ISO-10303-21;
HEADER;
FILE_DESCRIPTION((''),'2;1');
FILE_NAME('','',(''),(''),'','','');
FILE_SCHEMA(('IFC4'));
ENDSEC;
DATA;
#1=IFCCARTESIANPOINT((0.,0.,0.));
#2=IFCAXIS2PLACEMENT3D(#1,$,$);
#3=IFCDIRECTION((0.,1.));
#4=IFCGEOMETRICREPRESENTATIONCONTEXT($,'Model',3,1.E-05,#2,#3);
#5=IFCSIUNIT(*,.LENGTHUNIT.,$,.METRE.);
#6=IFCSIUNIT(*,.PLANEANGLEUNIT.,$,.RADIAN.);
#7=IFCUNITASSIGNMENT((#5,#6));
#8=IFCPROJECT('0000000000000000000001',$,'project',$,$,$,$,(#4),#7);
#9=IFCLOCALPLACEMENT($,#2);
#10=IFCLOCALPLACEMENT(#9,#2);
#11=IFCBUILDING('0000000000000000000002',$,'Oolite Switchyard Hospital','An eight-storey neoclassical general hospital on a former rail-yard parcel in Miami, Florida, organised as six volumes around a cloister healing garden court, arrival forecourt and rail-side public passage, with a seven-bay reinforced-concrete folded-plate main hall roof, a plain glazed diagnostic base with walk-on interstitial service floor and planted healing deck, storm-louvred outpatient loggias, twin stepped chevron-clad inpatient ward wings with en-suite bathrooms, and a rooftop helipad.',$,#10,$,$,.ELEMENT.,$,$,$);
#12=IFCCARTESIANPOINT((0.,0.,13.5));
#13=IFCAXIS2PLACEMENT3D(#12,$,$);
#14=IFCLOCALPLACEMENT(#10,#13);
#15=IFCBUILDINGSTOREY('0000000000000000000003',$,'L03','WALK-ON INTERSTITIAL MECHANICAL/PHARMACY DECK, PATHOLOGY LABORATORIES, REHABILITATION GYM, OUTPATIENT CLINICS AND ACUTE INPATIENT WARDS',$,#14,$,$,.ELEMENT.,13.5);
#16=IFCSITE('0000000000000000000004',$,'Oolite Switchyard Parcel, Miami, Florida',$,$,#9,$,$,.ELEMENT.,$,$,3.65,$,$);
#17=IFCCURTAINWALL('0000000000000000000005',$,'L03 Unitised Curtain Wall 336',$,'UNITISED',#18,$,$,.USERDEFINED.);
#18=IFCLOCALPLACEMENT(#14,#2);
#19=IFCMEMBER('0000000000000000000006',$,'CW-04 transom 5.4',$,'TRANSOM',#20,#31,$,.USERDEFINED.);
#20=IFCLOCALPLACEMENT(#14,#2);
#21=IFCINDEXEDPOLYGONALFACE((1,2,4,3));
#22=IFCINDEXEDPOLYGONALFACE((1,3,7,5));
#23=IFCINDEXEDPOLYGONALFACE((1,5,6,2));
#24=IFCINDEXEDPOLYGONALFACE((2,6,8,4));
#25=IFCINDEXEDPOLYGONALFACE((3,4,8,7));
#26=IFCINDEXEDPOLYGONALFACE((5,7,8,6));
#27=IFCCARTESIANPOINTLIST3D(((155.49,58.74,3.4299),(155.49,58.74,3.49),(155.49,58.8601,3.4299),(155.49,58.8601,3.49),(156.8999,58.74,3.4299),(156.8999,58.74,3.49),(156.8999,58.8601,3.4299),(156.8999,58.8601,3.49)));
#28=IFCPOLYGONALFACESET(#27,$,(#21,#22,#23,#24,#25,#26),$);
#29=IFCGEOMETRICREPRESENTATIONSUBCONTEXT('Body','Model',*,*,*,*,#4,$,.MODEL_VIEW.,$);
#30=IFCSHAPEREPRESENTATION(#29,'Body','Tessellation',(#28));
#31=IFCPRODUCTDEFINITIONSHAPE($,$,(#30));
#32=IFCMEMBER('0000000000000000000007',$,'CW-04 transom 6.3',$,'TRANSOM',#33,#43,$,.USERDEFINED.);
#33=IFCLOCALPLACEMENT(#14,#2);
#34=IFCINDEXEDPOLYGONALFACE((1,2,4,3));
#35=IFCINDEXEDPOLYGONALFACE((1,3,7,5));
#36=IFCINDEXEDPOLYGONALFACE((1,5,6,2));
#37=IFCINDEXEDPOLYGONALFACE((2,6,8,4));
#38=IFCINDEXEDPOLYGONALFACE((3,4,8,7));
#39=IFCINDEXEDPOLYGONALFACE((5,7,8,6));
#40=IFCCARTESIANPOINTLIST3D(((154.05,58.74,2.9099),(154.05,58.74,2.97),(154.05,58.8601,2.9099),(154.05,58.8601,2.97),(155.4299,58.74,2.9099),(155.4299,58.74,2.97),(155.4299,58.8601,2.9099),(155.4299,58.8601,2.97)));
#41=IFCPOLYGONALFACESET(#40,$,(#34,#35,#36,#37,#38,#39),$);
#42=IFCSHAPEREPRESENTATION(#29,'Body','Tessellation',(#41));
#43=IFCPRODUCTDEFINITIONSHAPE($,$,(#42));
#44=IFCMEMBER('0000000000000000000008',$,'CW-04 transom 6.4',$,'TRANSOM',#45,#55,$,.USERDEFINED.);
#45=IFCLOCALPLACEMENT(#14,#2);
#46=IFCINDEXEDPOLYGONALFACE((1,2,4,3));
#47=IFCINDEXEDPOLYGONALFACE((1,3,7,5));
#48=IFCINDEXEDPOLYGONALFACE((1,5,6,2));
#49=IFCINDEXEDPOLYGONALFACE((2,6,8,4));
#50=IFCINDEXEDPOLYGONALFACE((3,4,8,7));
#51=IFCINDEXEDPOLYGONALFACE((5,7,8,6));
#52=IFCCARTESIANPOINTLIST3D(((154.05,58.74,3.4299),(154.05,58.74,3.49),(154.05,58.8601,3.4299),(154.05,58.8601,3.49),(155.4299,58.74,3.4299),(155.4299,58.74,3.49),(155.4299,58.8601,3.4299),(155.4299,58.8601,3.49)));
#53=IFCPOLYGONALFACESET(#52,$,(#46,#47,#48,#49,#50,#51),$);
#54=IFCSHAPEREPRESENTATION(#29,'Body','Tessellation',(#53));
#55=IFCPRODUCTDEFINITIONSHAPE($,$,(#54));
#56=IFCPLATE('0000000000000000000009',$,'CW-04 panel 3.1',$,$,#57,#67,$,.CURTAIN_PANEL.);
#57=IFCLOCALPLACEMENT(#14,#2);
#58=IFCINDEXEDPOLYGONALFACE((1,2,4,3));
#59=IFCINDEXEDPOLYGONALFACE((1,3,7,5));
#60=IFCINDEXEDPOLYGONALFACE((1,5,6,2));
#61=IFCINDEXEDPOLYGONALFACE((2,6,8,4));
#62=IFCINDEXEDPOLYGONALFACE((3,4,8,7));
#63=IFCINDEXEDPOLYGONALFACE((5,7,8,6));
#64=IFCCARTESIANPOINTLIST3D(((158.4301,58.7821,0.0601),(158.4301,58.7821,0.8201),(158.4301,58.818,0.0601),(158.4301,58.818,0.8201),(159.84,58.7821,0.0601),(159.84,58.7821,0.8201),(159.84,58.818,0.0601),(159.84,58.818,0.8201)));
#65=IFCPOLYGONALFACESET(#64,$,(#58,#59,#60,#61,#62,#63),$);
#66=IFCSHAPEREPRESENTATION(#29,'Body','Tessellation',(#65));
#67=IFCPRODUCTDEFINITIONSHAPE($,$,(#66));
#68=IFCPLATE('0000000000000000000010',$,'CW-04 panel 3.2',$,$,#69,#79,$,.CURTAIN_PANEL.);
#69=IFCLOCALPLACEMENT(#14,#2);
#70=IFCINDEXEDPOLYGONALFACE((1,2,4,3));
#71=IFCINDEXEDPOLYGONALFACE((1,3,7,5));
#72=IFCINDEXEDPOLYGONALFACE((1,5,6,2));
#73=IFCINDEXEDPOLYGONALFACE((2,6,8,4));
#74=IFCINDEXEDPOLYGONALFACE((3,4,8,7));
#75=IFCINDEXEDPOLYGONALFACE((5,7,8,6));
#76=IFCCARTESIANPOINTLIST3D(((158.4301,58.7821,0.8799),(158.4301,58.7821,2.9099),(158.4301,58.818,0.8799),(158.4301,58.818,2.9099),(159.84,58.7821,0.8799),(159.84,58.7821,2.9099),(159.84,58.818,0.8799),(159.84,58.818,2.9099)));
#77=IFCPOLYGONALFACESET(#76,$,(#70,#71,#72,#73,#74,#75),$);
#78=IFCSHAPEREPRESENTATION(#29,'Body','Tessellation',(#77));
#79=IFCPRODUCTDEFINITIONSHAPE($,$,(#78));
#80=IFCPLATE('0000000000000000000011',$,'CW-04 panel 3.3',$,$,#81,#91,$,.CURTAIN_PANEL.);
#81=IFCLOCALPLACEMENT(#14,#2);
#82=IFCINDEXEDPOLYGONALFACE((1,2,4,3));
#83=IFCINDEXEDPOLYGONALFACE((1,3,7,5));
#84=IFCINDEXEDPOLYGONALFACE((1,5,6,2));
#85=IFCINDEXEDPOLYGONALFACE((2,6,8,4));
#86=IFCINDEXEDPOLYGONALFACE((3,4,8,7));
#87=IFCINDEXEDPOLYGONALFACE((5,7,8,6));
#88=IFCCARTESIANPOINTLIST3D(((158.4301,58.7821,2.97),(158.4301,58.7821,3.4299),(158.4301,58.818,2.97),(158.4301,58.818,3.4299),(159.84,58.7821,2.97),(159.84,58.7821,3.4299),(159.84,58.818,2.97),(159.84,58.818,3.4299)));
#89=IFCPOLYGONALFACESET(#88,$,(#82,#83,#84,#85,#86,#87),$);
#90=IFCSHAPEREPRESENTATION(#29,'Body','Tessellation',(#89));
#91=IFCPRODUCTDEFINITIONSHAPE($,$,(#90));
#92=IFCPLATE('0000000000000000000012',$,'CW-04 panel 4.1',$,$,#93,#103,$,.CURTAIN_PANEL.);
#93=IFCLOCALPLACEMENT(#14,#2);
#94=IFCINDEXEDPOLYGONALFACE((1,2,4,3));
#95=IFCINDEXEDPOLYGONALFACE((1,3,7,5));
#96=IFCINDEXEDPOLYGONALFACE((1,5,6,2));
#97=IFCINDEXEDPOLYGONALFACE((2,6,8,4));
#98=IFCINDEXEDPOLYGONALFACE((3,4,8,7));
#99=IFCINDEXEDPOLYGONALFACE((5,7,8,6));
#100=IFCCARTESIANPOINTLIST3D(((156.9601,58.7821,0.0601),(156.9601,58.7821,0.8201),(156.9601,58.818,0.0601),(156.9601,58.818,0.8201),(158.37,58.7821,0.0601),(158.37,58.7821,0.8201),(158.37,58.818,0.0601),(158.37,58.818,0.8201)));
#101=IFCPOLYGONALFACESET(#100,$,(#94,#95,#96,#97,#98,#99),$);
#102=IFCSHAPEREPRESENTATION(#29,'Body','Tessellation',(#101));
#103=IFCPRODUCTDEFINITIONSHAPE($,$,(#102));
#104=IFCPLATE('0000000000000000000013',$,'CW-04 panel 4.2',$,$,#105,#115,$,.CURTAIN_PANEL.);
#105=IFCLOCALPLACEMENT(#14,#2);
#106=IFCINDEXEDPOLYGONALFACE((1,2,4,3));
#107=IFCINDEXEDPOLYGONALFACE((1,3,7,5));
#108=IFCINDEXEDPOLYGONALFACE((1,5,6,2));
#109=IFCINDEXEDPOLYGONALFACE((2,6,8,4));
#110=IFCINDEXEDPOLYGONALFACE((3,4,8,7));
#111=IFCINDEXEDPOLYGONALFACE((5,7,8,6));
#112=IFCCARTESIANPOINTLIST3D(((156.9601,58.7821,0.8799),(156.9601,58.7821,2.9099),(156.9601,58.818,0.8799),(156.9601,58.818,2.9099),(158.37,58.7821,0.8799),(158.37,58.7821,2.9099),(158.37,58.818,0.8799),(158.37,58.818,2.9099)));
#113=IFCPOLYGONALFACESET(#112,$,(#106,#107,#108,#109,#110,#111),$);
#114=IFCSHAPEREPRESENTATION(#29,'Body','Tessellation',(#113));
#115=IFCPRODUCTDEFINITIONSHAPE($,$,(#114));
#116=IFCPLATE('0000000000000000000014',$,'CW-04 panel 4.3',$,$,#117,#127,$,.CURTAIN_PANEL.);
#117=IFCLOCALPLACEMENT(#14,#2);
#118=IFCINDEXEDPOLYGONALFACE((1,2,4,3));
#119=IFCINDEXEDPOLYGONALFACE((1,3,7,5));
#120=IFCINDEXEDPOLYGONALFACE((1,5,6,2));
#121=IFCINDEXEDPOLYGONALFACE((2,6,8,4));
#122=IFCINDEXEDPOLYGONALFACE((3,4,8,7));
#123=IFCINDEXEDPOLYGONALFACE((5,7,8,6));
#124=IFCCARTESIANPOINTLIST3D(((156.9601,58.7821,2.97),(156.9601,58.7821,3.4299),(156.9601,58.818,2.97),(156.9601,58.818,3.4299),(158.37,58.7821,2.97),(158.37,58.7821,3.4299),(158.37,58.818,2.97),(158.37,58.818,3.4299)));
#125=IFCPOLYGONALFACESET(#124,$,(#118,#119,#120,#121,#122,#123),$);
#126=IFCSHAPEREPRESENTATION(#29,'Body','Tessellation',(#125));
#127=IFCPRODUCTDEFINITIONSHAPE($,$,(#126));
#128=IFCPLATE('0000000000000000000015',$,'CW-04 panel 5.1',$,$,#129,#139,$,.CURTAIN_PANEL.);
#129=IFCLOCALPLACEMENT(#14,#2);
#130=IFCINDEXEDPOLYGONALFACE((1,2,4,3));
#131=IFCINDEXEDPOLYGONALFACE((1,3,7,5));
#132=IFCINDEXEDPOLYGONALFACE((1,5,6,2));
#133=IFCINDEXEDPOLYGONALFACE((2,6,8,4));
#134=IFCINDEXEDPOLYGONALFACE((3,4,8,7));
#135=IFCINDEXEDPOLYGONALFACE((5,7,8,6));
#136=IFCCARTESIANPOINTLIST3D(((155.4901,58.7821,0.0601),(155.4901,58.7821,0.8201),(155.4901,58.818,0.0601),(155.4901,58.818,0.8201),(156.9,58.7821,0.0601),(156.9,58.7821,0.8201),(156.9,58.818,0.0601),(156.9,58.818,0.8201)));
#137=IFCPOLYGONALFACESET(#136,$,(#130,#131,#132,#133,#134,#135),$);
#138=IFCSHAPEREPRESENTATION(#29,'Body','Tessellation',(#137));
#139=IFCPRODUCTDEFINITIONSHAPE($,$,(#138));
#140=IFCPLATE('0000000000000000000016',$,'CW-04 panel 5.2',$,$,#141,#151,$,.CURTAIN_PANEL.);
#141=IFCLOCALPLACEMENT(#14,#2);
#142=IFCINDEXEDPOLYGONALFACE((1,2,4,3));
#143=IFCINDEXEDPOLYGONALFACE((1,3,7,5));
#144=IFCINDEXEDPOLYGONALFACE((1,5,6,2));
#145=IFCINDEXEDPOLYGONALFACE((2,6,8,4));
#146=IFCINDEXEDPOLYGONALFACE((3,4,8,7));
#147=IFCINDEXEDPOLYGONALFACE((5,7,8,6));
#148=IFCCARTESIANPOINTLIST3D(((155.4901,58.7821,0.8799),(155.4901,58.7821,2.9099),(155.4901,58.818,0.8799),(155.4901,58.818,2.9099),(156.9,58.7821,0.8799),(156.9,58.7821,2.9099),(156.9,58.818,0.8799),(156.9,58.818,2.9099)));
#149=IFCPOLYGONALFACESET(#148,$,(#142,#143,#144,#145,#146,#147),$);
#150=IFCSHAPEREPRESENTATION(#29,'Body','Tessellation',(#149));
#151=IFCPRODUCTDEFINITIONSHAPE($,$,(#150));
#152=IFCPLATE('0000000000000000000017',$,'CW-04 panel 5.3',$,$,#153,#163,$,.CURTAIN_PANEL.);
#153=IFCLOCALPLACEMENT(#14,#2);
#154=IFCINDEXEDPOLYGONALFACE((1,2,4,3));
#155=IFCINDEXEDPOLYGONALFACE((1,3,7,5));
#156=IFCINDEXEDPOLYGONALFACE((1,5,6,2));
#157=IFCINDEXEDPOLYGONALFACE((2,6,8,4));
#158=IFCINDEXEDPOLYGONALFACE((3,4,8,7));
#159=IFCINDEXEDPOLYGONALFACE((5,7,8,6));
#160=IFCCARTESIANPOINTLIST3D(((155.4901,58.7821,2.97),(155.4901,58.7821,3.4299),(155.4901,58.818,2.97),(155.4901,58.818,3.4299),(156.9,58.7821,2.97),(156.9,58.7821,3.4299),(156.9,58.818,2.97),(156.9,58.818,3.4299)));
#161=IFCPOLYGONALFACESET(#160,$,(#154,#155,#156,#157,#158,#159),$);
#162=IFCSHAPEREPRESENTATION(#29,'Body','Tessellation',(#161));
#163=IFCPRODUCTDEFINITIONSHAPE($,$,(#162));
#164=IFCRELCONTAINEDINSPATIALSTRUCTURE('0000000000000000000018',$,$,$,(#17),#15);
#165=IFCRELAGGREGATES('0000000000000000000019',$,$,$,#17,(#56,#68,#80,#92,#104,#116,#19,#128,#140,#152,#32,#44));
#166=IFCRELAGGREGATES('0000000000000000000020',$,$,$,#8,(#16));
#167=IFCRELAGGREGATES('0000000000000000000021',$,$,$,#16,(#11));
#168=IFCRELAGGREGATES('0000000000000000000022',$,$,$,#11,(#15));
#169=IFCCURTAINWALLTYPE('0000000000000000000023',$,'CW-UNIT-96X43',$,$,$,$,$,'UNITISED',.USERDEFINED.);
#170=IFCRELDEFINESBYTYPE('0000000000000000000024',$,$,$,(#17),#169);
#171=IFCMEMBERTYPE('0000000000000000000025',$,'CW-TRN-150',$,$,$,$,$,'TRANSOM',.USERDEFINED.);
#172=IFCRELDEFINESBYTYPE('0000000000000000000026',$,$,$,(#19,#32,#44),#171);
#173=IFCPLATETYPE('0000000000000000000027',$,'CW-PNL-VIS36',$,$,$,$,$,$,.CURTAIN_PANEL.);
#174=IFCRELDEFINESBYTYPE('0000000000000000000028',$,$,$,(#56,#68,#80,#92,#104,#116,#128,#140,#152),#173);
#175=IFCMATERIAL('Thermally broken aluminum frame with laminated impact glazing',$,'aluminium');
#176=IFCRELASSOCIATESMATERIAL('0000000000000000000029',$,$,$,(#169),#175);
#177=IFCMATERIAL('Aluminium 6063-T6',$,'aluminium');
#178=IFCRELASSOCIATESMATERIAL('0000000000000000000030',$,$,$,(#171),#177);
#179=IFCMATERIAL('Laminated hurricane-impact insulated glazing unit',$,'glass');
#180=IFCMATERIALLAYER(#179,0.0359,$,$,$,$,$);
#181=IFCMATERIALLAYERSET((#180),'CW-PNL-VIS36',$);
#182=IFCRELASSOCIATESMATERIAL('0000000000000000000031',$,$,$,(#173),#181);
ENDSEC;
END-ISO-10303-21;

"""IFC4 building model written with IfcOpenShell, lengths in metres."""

from ifc_helpers import new_model, si_unit, direction, frame, origin, origin_2d, place, context, subcontext, project, spatial, rectangle, extrude, material, layer, layer_set, material_profile, profile_set, type_object, element, aggregate, save


model = new_model("IFC4")

# Units and contexts
model_context = context("Model", 3, precision=1e-05, world=origin(), true_north=direction((0.0, 1.0)))
body_context = subcontext(model_context, "Body", "Model", "MODEL_VIEW")
ifc_project = project(units=[si_unit("LENGTHUNIT", "METRE"), si_unit("PLANEANGLEUNIT", "RADIAN")], contexts=[model_context])

# Site, building, storey
site_placement = place(None, origin())
site = spatial("IfcSite", under=ifc_project, at=site_placement, Name="Oolite Switchyard Parcel, Miami, Florida", CompositionType="ELEMENT", RefElevation=3.65)
building_placement = place(site_placement, origin())
building = spatial("IfcBuilding", under=site, at=building_placement, Name="Oolite Switchyard Hospital", Description="An eight-storey neoclassical general hospital on a former rail-yard parcel in Miami, Florida, organised as six volumes around a cloister healing garden court, arrival forecourt and rail-side public passage, with a seven-bay reinforced-concrete folded-plate main hall roof, a plain glazed diagnostic base with walk-on interstitial service floor and planted healing deck, storm-louvred outpatient loggias, twin stepped chevron-clad inpatient ward wings with en-suite bathrooms, and a rooftop helipad.", CompositionType="ELEMENT")
storey_placement = place(building_placement, frame((0.0, 0.0, 13.5)))
storey = spatial("IfcBuildingStorey", under=building, at=storey_placement, Name="L03", Description="WALK-ON INTERSTITIAL MECHANICAL/PHARMACY DECK, PATHOLOGY LABORATORIES, REHABILITATION GYM, OUTPATIENT CLINICS AND ACUTE INPATIENT WARDS", CompositionType="ELEMENT", Elevation=13.5)

# Curtain wall, members, plates
ifc_material_1 = material(Name="Thermally broken aluminum frame with laminated impact glazing", Category="aluminium")
curtain_wall_type = type_object("IfcCurtainWallType", Name="CW-UNIT-96X43", ElementType="UNITISED", PredefinedType="USERDEFINED", material=ifc_material_1)
curtain_wall_placement = place(storey_placement, origin())
curtain_wall = element("IfcCurtainWall", 1, at=curtain_wall_placement, inside=storey, type_object=curtain_wall_type, Name="L03 Unitised Curtain Wall 336", ObjectType="UNITISED", PredefinedType="USERDEFINED")
ifc_material_2 = material(Name="Aluminium 6063-T6", Category="aluminium")
ifc_material_profile_1 = material_profile(ifc_material_2, rectangle(XDim=0.1201, YDim=0.0601, at=origin_2d()), Name="CWT60X120")
ifc_profile_set_1 = profile_set([ifc_material_profile_1], Name="Aluminium 6063-T6")
member_type_1 = type_object("IfcMemberType", Name="CW-TRN-150", ElementType="TRANSOM", PredefinedType="USERDEFINED", material=ifc_profile_set_1)
member_1_placement = place(storey_placement, frame((156.8999, 58.8, 3.46), z_axis=(-1.0, 0.0, 0.0), x_axis=(0.0, -1.0, 0.0)))
member_1 = element("IfcMember", 2, at=member_1_placement, type_object=member_type_1, Name="CW-04 transom 5.4", ObjectType="TRANSOM", PredefinedType="USERDEFINED", context=body_context, shape_type="SweptSolid", body=[
    extrude(rectangle(XDim=0.1201, YDim=0.0601, at=origin_2d()), origin(), (0.0, 0.0, 1.0), 1.4099),
])
member_2_placement = place(storey_placement, frame((155.4299, 58.8, 2.9399), z_axis=(-1.0, 0.0, 0.0), x_axis=(0.0, -1.0, 0.0)))
member_2 = element("IfcMember", 3, at=member_2_placement, type_object=member_type_1, Name="CW-04 transom 6.3", ObjectType="TRANSOM", PredefinedType="USERDEFINED", context=body_context, shape_type="SweptSolid", body=[
    extrude(rectangle(XDim=0.1201, YDim=0.0601, at=origin_2d()), origin(), (0.0, 0.0, 1.0), 1.3799),
])
member_3_placement = place(storey_placement, frame((155.4299, 58.8, 3.46), z_axis=(-1.0, 0.0, 0.0), x_axis=(0.0, -1.0, 0.0)))
member_3 = element("IfcMember", 4, at=member_3_placement, type_object=member_type_1, Name="CW-04 transom 6.4", ObjectType="TRANSOM", PredefinedType="USERDEFINED", context=body_context, shape_type="SweptSolid", body=[
    extrude(rectangle(XDim=0.1201, YDim=0.0601, at=origin_2d()), origin(), (0.0, 0.0, 1.0), 1.3799),
])
ifc_material_3 = material(Name="Laminated hurricane-impact insulated glazing unit", Category="glass")
ifc_layer = layer(ifc_material_3, 0.0359)
ifc_layer_set = layer_set([ifc_layer], Name="CW-PNL-VIS36")
plate_type = type_object("IfcPlateType", Name="CW-PNL-VIS36", PredefinedType="CURTAIN_PANEL", material=ifc_layer_set)
plate_1_placement = place(storey_placement, frame((159.135, 58.8, 0.0601), z_axis=(0.0, 0.0, 1.0), x_axis=(-1.0, 0.0, 0.0)))
plate_1 = element("IfcPlate", 5, at=plate_1_placement, type_object=plate_type, Name="CW-04 panel 3.1", PredefinedType="CURTAIN_PANEL", context=body_context, shape_type="SweptSolid", body=[
    extrude(rectangle(XDim=1.4099, YDim=0.0359, at=origin_2d()), origin(), (0.0, 0.0, 1.0), 0.76),
])
plate_2_placement = place(storey_placement, frame((159.135, 58.8, 0.8799), z_axis=(0.0, 0.0, 1.0), x_axis=(-1.0, 0.0, 0.0)))
plate_2 = element("IfcPlate", 6, at=plate_2_placement, type_object=plate_type, Name="CW-04 panel 3.2", PredefinedType="CURTAIN_PANEL", context=body_context, shape_type="SweptSolid", body=[
    extrude(rectangle(XDim=1.4099, YDim=0.0359, at=origin_2d()), origin(), (0.0, 0.0, 1.0), 2.03),
])
plate_3_placement = place(storey_placement, frame((159.135, 58.8, 2.97), z_axis=(0.0, 0.0, 1.0), x_axis=(-1.0, 0.0, 0.0)))
plate_3 = element("IfcPlate", 7, at=plate_3_placement, type_object=plate_type, Name="CW-04 panel 3.3", PredefinedType="CURTAIN_PANEL", context=body_context, shape_type="SweptSolid", body=[
    extrude(rectangle(XDim=1.4099, YDim=0.0359, at=origin_2d()), origin(), (0.0, 0.0, 1.0), 0.46),
])
plate_4_placement = place(storey_placement, frame((157.665, 58.8, 0.0601), z_axis=(0.0, 0.0, 1.0), x_axis=(-1.0, 0.0, 0.0)))
plate_4 = element("IfcPlate", 8, at=plate_4_placement, type_object=plate_type, Name="CW-04 panel 4.1", PredefinedType="CURTAIN_PANEL", context=body_context, shape_type="SweptSolid", body=[
    extrude(rectangle(XDim=1.4099, YDim=0.0359, at=origin_2d()), origin(), (0.0, 0.0, 1.0), 0.76),
])
plate_5_placement = place(storey_placement, frame((157.665, 58.8, 0.8799), z_axis=(0.0, 0.0, 1.0), x_axis=(-1.0, 0.0, 0.0)))
plate_5 = element("IfcPlate", 9, at=plate_5_placement, type_object=plate_type, Name="CW-04 panel 4.2", PredefinedType="CURTAIN_PANEL", context=body_context, shape_type="SweptSolid", body=[
    extrude(rectangle(XDim=1.4099, YDim=0.0359, at=origin_2d()), origin(), (0.0, 0.0, 1.0), 2.03),
])
plate_6_placement = place(storey_placement, frame((157.665, 58.8, 2.97), z_axis=(0.0, 0.0, 1.0), x_axis=(-1.0, 0.0, 0.0)))
plate_6 = element("IfcPlate", 10, at=plate_6_placement, type_object=plate_type, Name="CW-04 panel 4.3", PredefinedType="CURTAIN_PANEL", context=body_context, shape_type="SweptSolid", body=[
    extrude(rectangle(XDim=1.4099, YDim=0.0359, at=origin_2d()), origin(), (0.0, 0.0, 1.0), 0.46),
])
plate_7_placement = place(storey_placement, frame((156.1951, 58.8, 0.0601), z_axis=(0.0, 0.0, 1.0), x_axis=(-1.0, 0.0, 0.0)))
plate_7 = element("IfcPlate", 11, at=plate_7_placement, type_object=plate_type, Name="CW-04 panel 5.1", PredefinedType="CURTAIN_PANEL", context=body_context, shape_type="SweptSolid", body=[
    extrude(rectangle(XDim=1.4099, YDim=0.0359, at=origin_2d()), origin(), (0.0, 0.0, 1.0), 0.76),
])
plate_8_placement = place(storey_placement, frame((156.1951, 58.8, 0.8799), z_axis=(0.0, 0.0, 1.0), x_axis=(-1.0, 0.0, 0.0)))
plate_8 = element("IfcPlate", 12, at=plate_8_placement, type_object=plate_type, Name="CW-04 panel 5.2", PredefinedType="CURTAIN_PANEL", context=body_context, shape_type="SweptSolid", body=[
    extrude(rectangle(XDim=1.4099, YDim=0.0359, at=origin_2d()), origin(), (0.0, 0.0, 1.0), 2.03),
])
plate_9_placement = place(storey_placement, frame((156.1951, 58.8, 2.97), z_axis=(0.0, 0.0, 1.0), x_axis=(-1.0, 0.0, 0.0)))
plate_9 = element("IfcPlate", 13, at=plate_9_placement, type_object=plate_type, Name="CW-04 panel 5.3", PredefinedType="CURTAIN_PANEL", context=body_context, shape_type="SweptSolid", body=[
    extrude(rectangle(XDim=1.4099, YDim=0.0359, at=origin_2d()), origin(), (0.0, 0.0, 1.0), 0.46),
])
aggregate(curtain_wall, [plate_1, plate_2, plate_3, plate_4, plate_5, plate_6, member_1, plate_7, plate_8, plate_9, member_2, member_3])

save(model, "model.ifc")
